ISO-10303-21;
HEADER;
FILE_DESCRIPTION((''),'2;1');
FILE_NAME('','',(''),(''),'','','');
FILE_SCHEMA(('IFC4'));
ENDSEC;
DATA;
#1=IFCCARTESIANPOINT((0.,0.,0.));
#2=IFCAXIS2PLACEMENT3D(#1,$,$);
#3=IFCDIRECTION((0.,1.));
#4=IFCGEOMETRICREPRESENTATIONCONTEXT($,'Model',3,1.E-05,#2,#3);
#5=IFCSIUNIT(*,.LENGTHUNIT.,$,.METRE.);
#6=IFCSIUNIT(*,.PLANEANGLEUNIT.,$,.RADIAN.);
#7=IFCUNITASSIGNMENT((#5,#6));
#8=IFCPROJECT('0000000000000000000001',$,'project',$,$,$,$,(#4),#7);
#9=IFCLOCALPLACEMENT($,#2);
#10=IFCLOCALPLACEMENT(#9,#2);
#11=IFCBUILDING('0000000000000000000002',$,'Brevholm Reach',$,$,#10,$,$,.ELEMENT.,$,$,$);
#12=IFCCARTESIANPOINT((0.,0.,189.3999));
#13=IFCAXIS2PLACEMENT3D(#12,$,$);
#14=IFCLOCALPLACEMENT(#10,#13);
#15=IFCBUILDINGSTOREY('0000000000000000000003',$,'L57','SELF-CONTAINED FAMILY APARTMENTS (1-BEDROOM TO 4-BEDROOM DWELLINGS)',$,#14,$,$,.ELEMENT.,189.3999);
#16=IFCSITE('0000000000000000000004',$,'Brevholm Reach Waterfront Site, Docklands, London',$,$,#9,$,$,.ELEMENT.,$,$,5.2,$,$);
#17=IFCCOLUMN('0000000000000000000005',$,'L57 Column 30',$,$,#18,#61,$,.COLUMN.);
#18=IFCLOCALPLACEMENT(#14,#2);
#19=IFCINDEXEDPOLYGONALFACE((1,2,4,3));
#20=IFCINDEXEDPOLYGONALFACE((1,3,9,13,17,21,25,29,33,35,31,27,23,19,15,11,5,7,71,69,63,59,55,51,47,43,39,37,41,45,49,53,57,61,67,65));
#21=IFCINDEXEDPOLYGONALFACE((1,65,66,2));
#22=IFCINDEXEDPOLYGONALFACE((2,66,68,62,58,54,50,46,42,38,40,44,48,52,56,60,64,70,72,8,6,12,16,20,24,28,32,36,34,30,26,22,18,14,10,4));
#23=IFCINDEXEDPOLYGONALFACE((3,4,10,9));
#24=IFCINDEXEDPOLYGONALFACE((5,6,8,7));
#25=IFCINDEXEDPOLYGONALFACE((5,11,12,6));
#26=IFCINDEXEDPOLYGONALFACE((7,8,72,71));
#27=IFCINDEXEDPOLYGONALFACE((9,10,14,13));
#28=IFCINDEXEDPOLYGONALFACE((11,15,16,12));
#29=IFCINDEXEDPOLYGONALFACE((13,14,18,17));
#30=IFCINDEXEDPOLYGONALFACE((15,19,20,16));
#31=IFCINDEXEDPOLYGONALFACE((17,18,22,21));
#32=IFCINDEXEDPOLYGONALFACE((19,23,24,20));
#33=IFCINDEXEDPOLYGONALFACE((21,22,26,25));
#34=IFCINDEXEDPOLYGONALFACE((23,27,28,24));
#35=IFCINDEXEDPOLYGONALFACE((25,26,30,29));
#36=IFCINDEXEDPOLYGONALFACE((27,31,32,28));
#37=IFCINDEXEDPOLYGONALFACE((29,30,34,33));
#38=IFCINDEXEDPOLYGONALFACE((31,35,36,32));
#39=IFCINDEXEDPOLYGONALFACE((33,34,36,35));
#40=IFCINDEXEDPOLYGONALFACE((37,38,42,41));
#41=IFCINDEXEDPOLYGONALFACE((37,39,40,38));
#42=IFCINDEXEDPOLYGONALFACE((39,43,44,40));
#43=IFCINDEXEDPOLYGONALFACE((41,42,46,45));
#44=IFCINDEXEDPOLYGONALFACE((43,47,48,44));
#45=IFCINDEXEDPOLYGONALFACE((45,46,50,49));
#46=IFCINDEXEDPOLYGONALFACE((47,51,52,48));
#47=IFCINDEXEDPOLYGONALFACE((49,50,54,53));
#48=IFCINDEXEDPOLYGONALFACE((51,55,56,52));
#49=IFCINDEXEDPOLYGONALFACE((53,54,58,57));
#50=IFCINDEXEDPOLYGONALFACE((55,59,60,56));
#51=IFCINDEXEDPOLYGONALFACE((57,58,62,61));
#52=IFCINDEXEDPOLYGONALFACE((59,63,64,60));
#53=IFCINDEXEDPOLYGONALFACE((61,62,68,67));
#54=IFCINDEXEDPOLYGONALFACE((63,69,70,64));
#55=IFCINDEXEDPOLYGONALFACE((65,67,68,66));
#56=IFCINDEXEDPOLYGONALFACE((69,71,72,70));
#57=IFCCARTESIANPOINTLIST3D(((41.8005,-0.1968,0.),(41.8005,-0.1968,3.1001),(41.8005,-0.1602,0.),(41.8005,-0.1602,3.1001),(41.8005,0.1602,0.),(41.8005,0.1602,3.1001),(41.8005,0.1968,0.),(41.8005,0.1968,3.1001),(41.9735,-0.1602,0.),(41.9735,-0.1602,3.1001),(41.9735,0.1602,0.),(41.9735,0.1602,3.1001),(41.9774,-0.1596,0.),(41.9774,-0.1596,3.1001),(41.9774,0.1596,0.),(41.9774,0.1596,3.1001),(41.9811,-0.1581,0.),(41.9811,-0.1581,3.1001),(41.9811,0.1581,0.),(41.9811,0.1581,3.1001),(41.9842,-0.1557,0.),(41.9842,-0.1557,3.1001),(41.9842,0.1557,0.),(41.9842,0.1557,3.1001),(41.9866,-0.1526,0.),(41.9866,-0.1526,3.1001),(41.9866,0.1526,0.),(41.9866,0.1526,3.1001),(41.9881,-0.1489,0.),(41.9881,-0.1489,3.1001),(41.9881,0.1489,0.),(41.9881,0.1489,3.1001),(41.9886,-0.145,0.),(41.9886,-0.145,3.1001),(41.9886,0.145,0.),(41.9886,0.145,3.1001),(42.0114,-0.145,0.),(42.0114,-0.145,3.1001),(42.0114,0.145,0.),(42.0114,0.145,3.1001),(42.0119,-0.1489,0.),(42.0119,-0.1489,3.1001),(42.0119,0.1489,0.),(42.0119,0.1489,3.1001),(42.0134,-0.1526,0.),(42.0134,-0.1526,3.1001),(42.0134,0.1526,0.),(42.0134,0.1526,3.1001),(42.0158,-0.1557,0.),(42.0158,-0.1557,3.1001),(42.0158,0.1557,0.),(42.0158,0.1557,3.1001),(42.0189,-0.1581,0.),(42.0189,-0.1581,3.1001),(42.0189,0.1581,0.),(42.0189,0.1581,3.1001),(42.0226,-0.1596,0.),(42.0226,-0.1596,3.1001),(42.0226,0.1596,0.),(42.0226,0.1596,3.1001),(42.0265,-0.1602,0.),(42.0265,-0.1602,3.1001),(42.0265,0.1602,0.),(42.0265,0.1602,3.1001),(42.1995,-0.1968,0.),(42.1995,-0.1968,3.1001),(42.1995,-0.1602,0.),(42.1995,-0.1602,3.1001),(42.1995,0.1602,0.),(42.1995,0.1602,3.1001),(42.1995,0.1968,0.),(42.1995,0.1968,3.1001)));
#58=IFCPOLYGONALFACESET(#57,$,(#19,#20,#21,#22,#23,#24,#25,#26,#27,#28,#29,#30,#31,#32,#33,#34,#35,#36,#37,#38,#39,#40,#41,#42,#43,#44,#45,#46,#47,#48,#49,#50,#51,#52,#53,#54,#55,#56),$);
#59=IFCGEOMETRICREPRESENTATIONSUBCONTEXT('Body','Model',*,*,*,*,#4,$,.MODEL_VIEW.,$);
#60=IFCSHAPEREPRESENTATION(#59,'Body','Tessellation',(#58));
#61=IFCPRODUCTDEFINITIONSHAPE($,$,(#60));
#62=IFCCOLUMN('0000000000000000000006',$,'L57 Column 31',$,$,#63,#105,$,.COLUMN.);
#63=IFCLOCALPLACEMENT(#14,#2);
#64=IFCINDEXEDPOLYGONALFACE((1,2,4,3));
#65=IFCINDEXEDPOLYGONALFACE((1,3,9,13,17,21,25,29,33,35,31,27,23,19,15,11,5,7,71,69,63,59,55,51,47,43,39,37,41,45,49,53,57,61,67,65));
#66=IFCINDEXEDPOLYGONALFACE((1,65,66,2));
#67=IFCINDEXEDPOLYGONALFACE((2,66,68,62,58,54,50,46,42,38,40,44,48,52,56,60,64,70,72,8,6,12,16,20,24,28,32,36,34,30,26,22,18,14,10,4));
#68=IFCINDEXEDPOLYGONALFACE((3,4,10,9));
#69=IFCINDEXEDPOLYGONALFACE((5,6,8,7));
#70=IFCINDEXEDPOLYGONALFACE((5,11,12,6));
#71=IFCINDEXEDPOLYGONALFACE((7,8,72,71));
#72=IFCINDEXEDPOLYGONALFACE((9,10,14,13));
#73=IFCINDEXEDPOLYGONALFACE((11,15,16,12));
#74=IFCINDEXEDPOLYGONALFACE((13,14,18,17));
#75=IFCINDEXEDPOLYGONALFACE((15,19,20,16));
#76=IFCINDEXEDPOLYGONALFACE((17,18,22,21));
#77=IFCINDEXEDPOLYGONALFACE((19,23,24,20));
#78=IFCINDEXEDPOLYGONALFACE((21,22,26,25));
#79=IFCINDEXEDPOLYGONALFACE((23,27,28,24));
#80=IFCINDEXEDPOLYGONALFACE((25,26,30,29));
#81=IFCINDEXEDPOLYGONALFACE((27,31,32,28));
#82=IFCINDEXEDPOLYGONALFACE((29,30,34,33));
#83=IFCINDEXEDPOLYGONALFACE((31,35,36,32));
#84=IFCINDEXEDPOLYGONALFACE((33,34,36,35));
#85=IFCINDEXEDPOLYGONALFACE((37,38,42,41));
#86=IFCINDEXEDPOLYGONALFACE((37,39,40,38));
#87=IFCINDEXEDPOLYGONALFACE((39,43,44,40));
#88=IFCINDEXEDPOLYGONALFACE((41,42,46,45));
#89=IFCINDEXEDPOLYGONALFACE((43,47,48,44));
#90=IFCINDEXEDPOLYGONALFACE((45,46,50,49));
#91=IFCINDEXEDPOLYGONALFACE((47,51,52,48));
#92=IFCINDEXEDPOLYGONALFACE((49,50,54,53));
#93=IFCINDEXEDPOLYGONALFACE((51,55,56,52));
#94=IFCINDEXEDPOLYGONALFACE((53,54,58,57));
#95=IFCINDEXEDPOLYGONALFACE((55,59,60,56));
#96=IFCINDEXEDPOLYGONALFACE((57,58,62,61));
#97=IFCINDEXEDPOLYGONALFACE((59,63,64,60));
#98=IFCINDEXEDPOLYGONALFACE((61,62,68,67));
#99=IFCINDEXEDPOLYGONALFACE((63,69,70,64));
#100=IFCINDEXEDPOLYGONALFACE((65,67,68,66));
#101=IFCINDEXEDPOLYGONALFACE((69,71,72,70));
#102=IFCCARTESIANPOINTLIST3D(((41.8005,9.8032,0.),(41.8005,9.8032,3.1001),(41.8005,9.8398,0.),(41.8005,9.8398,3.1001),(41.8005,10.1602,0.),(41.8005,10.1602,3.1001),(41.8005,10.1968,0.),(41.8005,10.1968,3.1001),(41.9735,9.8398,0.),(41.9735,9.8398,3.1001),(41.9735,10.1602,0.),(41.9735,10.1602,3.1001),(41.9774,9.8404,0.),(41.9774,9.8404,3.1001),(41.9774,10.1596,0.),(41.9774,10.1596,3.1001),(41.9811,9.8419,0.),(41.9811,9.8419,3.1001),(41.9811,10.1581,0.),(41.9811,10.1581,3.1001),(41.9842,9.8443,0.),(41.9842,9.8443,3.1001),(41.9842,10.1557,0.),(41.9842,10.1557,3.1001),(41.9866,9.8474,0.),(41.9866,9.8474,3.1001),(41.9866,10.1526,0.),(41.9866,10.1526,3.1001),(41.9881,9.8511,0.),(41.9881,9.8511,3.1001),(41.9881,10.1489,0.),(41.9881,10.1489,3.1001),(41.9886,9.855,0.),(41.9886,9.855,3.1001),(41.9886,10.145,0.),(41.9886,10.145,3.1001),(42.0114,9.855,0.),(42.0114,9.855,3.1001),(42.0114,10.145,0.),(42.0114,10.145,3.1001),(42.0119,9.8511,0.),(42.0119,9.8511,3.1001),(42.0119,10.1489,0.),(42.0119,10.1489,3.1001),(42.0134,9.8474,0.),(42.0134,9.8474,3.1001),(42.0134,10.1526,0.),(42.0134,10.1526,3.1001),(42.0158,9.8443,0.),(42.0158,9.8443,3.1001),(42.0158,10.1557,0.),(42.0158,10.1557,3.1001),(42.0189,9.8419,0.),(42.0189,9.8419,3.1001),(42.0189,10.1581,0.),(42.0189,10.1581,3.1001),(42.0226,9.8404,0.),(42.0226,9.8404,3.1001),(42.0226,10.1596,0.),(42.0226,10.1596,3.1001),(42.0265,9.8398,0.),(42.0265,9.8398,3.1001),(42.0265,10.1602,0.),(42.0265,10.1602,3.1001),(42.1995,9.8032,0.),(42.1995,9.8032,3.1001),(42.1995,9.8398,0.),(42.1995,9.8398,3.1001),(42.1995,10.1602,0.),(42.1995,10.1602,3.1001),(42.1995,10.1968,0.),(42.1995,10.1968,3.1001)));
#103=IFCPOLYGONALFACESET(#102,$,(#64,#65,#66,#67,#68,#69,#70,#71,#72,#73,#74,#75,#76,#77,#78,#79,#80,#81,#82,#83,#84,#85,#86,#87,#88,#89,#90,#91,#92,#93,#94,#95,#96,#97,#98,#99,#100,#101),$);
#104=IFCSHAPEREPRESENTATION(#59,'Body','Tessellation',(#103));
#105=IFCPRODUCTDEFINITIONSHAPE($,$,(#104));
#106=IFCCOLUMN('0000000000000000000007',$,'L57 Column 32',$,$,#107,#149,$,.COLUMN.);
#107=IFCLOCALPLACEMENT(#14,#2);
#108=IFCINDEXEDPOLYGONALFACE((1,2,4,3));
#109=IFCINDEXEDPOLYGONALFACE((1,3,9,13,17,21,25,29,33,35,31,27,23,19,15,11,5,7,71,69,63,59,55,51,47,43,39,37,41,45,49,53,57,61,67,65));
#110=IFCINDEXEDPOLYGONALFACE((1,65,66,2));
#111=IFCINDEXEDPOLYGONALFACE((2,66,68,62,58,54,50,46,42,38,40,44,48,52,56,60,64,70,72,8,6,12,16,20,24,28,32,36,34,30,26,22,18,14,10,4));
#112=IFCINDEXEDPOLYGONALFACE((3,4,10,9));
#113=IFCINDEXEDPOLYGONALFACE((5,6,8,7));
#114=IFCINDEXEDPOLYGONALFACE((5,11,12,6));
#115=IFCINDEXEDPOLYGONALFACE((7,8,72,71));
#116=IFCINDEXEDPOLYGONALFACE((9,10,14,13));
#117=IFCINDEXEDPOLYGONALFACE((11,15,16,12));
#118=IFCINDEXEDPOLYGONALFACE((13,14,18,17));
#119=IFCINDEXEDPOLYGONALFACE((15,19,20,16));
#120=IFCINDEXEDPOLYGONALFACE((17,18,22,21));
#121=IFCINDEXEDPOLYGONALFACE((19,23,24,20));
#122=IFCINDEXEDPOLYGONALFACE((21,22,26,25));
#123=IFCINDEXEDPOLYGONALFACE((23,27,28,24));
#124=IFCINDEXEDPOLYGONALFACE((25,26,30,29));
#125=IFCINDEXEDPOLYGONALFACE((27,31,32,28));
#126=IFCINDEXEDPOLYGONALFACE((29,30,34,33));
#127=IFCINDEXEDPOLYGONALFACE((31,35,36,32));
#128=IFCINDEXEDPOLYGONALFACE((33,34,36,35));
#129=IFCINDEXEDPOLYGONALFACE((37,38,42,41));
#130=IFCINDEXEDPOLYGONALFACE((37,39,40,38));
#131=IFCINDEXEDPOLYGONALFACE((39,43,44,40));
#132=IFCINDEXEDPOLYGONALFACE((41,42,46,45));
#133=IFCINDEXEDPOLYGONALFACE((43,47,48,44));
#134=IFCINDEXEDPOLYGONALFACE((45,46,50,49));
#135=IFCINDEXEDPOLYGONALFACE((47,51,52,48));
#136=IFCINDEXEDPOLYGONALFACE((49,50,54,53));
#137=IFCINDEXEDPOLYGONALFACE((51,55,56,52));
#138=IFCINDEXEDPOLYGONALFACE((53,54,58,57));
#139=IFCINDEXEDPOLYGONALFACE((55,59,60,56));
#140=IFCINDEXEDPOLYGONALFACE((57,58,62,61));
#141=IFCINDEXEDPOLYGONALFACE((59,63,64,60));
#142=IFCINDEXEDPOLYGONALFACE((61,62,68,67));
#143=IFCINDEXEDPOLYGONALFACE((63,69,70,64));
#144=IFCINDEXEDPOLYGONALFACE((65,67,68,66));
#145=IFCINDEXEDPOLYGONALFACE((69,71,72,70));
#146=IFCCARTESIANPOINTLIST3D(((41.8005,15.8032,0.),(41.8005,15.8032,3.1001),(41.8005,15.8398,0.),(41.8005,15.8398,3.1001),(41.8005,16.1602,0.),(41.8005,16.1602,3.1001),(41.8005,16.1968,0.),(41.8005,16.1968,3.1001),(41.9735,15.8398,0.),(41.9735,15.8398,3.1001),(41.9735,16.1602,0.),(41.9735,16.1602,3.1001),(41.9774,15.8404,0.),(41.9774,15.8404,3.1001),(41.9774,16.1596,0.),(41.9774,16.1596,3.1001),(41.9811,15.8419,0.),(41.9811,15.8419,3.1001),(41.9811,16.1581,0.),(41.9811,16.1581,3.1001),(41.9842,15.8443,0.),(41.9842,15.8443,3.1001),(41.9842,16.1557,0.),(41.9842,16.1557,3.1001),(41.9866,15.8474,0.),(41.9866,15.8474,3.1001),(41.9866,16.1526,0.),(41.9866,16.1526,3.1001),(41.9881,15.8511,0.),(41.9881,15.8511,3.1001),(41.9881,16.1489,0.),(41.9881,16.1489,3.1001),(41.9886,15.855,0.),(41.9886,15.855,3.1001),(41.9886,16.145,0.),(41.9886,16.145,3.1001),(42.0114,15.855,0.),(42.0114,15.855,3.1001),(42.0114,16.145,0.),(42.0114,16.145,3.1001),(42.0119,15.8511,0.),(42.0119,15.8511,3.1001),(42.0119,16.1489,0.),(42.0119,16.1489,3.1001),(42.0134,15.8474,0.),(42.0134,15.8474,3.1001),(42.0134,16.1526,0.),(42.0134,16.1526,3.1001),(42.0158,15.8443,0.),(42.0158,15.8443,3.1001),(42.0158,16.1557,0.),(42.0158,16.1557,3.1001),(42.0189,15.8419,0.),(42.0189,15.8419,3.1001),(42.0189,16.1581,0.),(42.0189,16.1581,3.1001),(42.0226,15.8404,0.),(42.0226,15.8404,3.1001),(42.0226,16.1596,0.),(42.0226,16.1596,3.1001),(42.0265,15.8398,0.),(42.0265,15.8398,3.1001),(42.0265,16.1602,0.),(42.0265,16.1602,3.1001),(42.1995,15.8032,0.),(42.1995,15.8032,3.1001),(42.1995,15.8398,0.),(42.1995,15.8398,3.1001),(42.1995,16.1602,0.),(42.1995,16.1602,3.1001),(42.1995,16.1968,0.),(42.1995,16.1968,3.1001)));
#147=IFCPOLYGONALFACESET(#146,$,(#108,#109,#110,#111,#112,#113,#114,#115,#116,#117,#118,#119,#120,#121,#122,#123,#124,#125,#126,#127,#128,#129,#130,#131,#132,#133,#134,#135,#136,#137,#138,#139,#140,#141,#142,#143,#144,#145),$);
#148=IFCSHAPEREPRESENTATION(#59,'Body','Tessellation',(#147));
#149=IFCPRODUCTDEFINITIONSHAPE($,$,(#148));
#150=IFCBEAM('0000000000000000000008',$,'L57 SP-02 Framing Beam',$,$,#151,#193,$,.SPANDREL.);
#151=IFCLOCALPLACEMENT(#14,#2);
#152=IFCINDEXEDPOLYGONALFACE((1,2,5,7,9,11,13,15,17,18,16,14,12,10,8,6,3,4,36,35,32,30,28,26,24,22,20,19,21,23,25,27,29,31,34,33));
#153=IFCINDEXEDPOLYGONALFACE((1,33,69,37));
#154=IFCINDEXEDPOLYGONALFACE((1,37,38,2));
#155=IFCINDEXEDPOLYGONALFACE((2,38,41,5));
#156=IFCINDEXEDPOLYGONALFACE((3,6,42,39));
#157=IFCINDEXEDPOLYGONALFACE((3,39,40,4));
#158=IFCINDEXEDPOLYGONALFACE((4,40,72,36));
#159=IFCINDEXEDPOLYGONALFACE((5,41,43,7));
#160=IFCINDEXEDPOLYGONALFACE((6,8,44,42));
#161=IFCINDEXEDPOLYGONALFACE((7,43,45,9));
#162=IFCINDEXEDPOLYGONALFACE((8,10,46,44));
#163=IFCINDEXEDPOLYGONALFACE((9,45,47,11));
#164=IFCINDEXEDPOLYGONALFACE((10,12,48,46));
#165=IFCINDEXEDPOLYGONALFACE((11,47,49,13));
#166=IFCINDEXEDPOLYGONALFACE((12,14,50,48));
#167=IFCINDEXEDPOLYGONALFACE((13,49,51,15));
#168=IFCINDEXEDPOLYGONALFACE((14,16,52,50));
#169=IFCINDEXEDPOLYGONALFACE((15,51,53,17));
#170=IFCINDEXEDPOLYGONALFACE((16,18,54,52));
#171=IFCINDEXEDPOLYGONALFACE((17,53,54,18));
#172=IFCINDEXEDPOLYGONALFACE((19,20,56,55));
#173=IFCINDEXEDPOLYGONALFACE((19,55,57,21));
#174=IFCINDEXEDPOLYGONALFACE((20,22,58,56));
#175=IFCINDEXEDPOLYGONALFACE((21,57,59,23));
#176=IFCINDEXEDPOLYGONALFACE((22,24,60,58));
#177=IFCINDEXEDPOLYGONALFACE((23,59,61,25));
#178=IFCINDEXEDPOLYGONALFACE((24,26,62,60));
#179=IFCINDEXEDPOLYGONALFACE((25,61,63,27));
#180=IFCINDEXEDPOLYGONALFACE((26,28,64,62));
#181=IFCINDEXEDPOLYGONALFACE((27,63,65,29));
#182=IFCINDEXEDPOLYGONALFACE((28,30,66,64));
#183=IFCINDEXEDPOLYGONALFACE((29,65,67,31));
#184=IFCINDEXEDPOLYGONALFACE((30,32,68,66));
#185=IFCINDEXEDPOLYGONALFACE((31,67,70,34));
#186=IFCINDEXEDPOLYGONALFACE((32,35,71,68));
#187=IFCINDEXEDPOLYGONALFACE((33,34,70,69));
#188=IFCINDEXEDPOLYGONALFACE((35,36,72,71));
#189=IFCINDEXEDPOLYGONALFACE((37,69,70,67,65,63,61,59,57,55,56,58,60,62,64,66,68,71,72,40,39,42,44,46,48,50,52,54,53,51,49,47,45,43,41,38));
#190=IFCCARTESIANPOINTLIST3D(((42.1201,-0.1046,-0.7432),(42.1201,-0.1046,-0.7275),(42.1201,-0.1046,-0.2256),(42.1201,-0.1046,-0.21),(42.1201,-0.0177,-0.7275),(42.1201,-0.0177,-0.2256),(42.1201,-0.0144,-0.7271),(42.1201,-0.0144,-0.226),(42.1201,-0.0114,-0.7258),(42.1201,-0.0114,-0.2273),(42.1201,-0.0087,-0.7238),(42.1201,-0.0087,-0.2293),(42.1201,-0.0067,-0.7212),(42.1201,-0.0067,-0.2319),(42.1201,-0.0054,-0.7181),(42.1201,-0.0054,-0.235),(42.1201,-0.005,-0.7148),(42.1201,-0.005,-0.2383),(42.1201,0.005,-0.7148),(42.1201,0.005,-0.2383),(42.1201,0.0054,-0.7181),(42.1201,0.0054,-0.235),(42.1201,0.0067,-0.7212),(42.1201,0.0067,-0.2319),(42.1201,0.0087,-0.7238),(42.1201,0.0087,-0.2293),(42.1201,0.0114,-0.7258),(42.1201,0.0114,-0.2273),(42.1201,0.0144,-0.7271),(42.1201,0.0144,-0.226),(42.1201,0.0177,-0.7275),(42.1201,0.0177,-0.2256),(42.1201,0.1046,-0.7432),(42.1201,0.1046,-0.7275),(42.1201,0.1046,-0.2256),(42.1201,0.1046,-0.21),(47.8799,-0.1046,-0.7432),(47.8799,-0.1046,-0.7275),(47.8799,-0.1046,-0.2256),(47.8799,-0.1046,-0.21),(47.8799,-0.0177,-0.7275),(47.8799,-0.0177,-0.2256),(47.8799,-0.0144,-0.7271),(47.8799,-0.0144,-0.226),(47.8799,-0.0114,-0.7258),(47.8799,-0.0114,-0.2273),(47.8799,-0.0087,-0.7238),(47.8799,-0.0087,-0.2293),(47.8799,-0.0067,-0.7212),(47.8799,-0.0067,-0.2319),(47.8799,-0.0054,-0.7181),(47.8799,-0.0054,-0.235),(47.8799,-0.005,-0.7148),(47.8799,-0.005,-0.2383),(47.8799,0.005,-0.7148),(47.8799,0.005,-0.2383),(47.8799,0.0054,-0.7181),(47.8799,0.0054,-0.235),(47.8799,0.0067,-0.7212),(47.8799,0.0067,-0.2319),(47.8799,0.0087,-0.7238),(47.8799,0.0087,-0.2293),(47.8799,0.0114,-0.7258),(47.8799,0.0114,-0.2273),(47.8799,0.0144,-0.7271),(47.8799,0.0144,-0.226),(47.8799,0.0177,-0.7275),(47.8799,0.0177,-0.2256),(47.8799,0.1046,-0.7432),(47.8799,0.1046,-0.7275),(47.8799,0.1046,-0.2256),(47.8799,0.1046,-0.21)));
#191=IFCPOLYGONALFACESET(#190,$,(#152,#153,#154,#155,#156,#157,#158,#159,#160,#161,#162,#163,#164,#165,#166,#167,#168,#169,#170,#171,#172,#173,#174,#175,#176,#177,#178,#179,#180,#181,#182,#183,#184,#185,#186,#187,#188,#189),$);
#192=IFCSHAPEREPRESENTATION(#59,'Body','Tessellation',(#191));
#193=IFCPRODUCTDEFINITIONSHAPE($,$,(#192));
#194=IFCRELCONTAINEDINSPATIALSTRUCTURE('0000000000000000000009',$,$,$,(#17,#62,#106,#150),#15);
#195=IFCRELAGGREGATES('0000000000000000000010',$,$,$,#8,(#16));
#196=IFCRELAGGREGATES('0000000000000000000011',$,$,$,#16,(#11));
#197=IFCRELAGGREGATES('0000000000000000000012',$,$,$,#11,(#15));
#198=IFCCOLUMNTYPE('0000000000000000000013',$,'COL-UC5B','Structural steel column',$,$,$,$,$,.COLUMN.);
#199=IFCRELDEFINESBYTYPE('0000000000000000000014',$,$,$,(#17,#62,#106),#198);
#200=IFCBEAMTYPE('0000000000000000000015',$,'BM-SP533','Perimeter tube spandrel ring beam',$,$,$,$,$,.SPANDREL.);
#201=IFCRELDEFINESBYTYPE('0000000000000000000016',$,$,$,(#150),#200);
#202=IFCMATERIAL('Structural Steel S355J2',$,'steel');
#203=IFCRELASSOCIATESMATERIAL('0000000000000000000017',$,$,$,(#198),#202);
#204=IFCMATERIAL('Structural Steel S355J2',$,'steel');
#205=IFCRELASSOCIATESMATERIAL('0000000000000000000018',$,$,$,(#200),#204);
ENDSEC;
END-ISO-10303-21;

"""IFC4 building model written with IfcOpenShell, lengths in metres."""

from ifc_helpers import new_model, si_unit, direction, frame, origin, origin_2d, place, context, subcontext, project, spatial, i_section, extrude, material, material_profile, profile_set, type_object, element, save


model = new_model("IFC4")

# Units and contexts
model_context = context("Model", 3, precision=1e-05, world=origin(), true_north=direction((0.0, 1.0)))
body_context = subcontext(model_context, "Body", "Model", "MODEL_VIEW")
ifc_project = project(units=[si_unit("LENGTHUNIT", "METRE"), si_unit("PLANEANGLEUNIT", "RADIAN")], contexts=[model_context])

# Site, building, storey
site_placement = place(None, origin())
site = spatial("IfcSite", under=ifc_project, at=site_placement, Name="Brevholm Reach Waterfront Site, Docklands, London", CompositionType="ELEMENT", RefElevation=5.2)
building_placement = place(site_placement, origin())
building = spatial("IfcBuilding", under=site, at=building_placement, Name="Brevholm Reach", CompositionType="ELEMENT")
storey_placement = place(building_placement, frame((0.0, 0.0, 189.3999)))
storey = spatial("IfcBuildingStorey", under=building, at=storey_placement, Name="L57", Description="SELF-CONTAINED FAMILY APARTMENTS (1-BEDROOM TO 4-BEDROOM DWELLINGS)", CompositionType="ELEMENT", Elevation=189.3999)

# Columns
ifc_material_1 = material(Name="Structural Steel S355J2", Category="steel")
ifc_material_profile_1 = material_profile(ifc_material_1, i_section(OverallWidth=0.3989, OverallDepth=0.3936, WebThickness=0.0227, FlangeThickness=0.0366, FilletRadius=0.0151, at=origin_2d()), Name="UKC 356x406x287")
ifc_profile_set_1 = profile_set([ifc_material_profile_1], Name="Structural Steel S355J2")
column_type = type_object("IfcColumnType", Name="COL-UC5B", Description="Structural steel column", PredefinedType="COLUMN", material=ifc_profile_set_1)
for number, where, z_axis, x_axis, name in (
    (1, (42.0, 0.0, 0.0), (0.0, 0.0, 1.0), (1.0, 0.0, 0.0), "L57 Column 30"),
    (2, (42.0, 10.0, 0.0), (0.0, 0.0, 1.0), (1.0, 0.0, 0.0), "L57 Column 31"),
    (3, (42.0, 16.0, 0.0), (0.0, 0.0, 1.0), (1.0, 0.0, 0.0), "L57 Column 32"),
):
    element("IfcColumn", number, at=place(storey_placement, frame(where, z_axis=z_axis, x_axis=x_axis)), inside=storey, type_object=column_type, Name=name, PredefinedType="COLUMN", context=body_context, shape_type="SweptSolid", body=[
        extrude(i_section(OverallWidth=0.3989, OverallDepth=0.3936, WebThickness=0.0227, FlangeThickness=0.0366, FilletRadius=0.0151, at=origin_2d()), origin(), (0.0, 0.0, 1.0), 3.1001),
    ])

# Beam
ifc_material_2 = material(Name="Structural Steel S355J2", Category="steel")
ifc_material_profile_2 = material_profile(ifc_material_2, i_section(OverallWidth=0.2092, OverallDepth=0.5332, WebThickness=0.01, FlangeThickness=0.0156, FilletRadius=0.0127, at=origin_2d()), Name="UKB 533x210x92")
ifc_profile_set_2 = profile_set([ifc_material_profile_2], Name="Structural Steel S355J2")
beam_type_1 = type_object("IfcBeamType", Name="BM-SP533", Description="Perimeter tube spandrel ring beam", PredefinedType="SPANDREL", material=ifc_profile_set_2)
beam_1_placement = place(storey_placement, frame((42.1201, 0.0, -0.4766), z_axis=(1.0, 0.0, 0.0), x_axis=(0.0, 1.0, 0.0)))
element("IfcBeam", 4, at=beam_1_placement, inside=storey, type_object=beam_type_1, Name="L57 SP-02 Framing Beam", PredefinedType="SPANDREL", context=body_context, shape_type="SweptSolid", body=[
    extrude(i_section(OverallWidth=0.2092, OverallDepth=0.5332, WebThickness=0.01, FlangeThickness=0.0156, FilletRadius=0.0127, at=origin_2d()), origin(), (0.0, 0.0, 1.0), 5.7598),
])

save(model, "model.ifc")
